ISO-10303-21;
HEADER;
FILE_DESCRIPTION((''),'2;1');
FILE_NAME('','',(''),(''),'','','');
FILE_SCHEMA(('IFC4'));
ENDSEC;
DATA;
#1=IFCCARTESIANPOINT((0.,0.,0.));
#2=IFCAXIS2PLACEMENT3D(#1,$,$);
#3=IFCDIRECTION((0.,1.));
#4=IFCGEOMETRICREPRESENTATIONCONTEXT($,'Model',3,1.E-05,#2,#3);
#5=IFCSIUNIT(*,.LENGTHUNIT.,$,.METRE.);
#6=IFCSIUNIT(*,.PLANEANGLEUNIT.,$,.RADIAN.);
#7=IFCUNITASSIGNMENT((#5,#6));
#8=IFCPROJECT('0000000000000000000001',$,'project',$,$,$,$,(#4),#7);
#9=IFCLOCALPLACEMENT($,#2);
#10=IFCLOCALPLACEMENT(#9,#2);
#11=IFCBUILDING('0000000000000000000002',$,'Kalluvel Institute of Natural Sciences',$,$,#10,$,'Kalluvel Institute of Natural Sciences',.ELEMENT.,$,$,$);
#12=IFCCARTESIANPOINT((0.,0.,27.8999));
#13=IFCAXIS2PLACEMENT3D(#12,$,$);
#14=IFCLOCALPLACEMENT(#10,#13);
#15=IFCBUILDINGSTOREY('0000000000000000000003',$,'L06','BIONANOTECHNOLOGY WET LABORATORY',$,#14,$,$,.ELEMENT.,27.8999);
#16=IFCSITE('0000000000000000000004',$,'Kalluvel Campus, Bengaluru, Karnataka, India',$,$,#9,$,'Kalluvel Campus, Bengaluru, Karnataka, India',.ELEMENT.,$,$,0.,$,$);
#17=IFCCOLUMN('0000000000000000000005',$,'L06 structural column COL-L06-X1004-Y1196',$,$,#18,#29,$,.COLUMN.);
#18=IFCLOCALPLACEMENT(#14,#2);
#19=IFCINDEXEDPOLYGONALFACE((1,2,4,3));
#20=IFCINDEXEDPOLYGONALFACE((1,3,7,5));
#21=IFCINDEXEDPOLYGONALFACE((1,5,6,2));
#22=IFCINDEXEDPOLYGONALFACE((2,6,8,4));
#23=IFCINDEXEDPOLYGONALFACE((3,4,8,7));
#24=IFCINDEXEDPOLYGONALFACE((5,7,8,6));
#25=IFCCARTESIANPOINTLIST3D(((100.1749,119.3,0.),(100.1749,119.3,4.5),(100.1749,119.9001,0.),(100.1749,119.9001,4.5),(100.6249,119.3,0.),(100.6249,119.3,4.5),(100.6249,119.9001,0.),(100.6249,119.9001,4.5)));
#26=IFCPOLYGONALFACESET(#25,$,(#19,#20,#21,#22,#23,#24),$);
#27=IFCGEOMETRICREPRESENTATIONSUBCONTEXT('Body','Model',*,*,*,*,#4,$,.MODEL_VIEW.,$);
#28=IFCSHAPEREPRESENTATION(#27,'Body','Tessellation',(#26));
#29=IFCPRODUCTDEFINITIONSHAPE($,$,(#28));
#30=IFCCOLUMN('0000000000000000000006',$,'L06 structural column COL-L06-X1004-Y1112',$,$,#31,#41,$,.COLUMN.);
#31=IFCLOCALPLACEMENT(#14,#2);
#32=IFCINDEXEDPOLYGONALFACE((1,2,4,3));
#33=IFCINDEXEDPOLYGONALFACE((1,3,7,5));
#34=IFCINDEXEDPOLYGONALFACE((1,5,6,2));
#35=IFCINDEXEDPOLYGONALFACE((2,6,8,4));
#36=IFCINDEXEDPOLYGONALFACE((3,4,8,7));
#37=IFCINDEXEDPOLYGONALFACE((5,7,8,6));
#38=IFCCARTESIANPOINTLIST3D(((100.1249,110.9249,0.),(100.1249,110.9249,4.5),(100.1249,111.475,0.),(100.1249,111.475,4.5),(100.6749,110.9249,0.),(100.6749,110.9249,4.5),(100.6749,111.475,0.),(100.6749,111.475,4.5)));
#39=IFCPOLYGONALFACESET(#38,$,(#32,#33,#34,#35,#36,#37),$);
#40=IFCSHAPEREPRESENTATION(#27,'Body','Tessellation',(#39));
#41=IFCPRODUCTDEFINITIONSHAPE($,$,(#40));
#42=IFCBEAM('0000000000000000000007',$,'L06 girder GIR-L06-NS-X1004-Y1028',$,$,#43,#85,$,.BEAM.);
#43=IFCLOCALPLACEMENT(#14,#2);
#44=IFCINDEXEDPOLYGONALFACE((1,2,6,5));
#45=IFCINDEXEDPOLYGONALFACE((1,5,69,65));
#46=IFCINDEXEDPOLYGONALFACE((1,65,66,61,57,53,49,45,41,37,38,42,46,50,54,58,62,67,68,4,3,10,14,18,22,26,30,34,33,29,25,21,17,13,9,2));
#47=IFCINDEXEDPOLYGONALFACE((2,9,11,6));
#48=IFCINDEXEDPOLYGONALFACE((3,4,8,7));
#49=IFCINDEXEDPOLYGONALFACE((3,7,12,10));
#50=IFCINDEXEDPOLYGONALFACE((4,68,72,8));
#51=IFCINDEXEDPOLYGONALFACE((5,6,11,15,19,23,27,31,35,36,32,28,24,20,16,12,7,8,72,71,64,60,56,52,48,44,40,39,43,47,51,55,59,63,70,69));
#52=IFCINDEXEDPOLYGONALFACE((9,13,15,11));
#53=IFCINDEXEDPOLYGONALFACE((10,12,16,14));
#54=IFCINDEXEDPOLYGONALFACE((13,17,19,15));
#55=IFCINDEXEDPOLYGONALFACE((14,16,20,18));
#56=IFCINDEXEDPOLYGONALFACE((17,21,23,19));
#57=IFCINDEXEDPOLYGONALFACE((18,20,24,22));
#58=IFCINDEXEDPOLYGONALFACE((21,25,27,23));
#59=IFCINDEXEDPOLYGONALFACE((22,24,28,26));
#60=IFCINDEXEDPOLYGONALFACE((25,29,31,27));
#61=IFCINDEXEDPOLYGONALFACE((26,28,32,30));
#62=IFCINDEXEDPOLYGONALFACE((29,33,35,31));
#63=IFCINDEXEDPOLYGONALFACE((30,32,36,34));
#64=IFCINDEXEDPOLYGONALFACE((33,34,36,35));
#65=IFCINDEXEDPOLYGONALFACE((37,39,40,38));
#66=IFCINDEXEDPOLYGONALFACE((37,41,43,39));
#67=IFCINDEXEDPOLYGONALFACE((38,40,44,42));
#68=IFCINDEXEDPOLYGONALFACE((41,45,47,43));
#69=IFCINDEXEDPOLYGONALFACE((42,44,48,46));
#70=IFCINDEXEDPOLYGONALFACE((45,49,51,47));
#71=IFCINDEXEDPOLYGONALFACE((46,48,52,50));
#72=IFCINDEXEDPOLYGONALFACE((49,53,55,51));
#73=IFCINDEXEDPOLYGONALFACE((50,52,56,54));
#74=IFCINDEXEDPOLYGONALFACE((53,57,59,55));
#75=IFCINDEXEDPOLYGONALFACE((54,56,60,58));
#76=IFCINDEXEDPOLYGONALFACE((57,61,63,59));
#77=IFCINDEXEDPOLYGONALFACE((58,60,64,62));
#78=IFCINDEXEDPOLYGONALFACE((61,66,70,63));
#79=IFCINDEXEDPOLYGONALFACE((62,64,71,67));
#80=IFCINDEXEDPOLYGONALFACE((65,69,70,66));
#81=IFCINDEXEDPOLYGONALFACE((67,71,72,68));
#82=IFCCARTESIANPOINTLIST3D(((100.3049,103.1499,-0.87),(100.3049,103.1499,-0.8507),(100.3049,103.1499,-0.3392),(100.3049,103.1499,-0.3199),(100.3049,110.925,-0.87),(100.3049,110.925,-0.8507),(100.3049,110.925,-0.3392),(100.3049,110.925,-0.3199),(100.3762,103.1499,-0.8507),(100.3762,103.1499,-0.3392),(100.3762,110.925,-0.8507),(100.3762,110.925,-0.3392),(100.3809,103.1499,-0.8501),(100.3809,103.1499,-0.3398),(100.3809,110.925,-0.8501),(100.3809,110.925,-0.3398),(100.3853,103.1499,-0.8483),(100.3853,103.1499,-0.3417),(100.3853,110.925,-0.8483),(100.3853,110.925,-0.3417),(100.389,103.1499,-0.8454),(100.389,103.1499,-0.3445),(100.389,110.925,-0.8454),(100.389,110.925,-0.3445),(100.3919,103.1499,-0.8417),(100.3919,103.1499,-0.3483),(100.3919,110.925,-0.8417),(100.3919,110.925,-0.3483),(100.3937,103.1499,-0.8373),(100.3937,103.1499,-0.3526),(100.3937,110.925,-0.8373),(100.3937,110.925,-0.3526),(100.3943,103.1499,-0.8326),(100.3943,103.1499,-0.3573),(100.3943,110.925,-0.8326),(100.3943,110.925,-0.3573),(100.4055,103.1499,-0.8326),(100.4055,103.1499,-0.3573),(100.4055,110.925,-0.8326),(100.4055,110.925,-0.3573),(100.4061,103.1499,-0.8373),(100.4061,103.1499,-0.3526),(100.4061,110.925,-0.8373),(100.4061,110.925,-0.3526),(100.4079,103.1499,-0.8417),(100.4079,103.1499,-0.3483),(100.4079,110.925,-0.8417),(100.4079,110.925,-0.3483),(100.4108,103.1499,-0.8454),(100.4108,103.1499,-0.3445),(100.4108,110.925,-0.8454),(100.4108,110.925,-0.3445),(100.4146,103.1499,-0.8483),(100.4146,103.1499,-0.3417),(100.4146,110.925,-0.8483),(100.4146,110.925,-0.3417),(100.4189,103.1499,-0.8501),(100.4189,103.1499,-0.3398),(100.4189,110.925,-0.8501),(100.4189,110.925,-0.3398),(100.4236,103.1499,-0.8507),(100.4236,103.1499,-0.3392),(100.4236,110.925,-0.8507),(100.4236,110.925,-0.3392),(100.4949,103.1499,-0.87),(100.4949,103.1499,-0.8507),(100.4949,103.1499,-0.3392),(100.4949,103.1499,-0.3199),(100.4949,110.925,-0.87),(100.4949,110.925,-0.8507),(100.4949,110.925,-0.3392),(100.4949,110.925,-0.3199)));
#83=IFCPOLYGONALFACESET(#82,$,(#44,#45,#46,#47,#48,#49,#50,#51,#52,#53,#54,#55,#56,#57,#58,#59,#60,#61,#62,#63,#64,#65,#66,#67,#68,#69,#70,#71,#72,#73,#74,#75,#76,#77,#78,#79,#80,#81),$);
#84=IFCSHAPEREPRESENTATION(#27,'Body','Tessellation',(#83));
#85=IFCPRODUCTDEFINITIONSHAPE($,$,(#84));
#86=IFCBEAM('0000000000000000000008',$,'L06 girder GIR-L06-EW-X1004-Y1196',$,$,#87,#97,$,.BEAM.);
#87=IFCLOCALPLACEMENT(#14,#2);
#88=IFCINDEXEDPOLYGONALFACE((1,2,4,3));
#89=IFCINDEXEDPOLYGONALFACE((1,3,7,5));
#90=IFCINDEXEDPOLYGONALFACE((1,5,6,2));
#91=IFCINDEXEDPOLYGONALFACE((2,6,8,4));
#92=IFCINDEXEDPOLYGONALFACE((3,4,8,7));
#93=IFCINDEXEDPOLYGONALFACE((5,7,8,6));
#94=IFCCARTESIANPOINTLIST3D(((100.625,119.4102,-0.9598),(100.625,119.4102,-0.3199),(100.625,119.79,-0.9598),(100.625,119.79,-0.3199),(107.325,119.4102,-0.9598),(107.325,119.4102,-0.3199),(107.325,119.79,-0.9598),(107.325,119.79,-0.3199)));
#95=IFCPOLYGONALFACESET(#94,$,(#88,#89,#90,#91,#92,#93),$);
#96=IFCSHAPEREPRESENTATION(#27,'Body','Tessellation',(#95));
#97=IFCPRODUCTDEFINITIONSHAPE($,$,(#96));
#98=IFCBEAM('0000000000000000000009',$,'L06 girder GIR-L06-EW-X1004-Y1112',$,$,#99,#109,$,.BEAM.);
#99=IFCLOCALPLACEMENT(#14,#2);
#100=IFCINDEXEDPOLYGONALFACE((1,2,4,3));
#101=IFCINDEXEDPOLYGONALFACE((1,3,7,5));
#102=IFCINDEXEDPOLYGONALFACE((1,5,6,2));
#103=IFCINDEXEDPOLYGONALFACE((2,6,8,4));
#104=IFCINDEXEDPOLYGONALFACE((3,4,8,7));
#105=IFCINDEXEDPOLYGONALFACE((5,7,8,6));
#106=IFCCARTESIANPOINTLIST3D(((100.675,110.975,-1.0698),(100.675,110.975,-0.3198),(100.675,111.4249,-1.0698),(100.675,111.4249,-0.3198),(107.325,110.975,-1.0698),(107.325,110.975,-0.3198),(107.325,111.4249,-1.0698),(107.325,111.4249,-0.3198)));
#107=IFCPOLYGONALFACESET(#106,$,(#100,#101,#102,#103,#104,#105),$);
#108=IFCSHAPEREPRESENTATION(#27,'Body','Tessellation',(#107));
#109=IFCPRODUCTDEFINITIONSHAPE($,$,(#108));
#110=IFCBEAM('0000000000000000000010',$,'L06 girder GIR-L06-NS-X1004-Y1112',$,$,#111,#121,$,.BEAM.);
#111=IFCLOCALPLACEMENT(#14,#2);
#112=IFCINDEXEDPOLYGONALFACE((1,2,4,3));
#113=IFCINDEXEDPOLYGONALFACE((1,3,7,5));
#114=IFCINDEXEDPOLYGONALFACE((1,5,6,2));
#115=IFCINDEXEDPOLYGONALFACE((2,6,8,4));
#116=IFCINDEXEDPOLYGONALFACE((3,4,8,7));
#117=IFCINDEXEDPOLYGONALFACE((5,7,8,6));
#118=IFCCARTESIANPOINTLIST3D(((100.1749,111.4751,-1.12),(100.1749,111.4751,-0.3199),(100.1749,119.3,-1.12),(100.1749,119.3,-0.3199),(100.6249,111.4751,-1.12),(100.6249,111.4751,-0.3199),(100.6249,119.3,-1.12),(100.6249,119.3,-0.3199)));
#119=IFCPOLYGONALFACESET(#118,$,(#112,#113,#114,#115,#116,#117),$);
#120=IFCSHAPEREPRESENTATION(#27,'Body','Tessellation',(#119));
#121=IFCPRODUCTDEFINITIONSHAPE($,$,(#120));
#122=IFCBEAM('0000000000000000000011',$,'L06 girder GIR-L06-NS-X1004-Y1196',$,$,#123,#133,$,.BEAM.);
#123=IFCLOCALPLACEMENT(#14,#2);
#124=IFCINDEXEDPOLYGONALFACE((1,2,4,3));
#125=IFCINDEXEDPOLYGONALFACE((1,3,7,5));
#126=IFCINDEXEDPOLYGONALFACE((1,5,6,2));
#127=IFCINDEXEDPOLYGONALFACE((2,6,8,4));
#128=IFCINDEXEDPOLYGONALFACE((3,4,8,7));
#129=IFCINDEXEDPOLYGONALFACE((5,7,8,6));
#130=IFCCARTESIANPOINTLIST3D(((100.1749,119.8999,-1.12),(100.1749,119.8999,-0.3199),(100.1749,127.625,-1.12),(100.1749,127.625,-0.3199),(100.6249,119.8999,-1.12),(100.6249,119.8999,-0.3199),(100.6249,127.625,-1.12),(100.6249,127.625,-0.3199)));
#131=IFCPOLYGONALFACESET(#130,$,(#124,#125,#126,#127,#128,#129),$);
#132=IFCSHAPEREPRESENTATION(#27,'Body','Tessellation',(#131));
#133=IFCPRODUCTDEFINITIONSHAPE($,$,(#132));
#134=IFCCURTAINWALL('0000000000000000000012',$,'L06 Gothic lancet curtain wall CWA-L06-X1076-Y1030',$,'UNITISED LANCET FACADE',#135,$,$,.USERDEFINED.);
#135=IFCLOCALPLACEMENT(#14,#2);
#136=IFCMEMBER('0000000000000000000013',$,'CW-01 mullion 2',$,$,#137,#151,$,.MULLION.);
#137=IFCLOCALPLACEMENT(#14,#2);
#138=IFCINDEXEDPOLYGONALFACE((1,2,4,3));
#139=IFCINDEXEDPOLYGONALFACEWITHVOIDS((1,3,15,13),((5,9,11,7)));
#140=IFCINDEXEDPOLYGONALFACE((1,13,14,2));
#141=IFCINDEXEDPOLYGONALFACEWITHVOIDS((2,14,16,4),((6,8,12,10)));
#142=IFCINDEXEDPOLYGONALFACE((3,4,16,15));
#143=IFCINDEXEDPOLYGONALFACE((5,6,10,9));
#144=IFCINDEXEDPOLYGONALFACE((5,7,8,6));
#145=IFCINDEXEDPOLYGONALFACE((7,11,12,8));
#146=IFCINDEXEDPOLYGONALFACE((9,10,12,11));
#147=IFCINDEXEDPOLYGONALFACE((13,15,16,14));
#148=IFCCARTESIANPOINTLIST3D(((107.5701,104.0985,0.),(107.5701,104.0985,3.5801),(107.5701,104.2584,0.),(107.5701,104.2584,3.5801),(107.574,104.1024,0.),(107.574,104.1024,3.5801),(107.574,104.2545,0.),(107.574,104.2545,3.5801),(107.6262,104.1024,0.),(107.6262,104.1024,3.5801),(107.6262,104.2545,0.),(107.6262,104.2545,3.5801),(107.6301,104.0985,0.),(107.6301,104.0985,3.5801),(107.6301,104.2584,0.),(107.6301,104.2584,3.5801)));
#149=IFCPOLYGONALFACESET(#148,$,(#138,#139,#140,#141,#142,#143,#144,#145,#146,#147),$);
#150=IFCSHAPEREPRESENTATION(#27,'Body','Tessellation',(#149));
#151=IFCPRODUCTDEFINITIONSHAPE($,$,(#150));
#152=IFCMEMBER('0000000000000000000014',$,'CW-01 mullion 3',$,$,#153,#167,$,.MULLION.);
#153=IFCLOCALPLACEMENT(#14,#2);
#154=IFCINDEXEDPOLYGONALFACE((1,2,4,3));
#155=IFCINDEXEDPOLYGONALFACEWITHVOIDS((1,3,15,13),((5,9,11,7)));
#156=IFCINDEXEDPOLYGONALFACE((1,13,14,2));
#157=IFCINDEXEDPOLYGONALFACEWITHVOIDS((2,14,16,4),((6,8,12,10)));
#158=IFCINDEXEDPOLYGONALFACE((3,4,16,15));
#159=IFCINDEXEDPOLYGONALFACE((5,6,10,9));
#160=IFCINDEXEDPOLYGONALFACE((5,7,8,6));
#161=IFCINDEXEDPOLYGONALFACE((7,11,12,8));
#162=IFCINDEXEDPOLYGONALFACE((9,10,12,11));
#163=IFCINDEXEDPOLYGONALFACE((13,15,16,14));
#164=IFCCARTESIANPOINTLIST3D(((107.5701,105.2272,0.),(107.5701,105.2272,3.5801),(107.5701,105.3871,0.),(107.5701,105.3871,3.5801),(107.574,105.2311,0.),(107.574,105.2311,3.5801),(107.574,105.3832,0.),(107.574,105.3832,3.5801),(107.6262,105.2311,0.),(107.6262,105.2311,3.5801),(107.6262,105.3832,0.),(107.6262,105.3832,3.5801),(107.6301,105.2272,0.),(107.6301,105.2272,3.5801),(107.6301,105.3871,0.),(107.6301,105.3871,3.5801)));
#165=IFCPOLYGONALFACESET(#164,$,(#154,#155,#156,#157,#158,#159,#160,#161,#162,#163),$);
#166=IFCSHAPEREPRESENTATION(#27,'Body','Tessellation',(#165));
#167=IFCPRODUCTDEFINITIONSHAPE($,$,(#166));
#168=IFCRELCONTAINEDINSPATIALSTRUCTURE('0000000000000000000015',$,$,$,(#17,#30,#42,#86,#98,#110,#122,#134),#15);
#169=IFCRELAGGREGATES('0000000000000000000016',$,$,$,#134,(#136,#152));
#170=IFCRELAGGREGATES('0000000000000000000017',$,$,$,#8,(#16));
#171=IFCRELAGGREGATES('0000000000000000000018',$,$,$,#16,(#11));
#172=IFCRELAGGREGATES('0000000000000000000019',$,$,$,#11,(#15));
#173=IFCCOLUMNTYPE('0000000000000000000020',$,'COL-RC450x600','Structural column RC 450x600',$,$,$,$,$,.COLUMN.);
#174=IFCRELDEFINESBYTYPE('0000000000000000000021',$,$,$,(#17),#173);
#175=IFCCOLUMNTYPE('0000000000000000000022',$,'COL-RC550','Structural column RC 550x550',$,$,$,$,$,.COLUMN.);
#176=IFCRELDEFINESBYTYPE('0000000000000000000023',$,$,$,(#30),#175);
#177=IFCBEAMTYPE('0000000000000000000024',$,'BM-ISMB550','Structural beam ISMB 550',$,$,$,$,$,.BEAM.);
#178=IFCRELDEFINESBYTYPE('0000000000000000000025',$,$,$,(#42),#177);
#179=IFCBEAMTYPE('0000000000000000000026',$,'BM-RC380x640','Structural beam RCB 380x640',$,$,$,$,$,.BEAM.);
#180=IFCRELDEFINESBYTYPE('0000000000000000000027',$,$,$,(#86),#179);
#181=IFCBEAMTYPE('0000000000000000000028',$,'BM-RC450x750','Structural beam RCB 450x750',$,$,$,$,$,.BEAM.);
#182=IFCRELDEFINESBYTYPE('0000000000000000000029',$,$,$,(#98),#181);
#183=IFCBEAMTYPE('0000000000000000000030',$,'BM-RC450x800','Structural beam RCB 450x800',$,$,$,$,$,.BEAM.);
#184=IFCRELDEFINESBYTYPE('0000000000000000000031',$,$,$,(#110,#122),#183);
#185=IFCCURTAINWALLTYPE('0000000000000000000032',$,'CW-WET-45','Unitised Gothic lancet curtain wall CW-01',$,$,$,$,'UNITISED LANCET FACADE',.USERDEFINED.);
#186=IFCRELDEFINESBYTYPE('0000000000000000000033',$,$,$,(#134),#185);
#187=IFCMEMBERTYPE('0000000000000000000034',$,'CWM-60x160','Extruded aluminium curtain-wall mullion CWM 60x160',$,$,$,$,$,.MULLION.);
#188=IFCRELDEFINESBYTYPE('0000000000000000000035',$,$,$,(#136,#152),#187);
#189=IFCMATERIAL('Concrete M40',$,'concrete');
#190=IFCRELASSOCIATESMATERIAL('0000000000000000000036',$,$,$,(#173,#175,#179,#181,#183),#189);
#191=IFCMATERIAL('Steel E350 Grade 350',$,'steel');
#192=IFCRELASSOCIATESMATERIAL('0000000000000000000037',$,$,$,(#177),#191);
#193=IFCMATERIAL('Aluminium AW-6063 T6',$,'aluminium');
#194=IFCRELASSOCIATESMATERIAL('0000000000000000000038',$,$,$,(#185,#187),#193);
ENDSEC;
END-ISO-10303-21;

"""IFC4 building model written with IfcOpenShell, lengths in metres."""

from ifc_helpers import new_model, si_unit, direction, frame, origin, origin_2d, place, context, subcontext, project, spatial, rectangle, hollow_rectangle, i_section, extrude, material, material_profile, profile_set, type_object, element, aggregate, save


model = new_model("IFC4")

# Units and contexts
model_context = context("Model", 3, precision=1e-05, world=origin(), true_north=direction((0.0, 1.0)))
body_context = subcontext(model_context, "Body", "Model", "MODEL_VIEW")
ifc_project = project(units=[si_unit("LENGTHUNIT", "METRE"), si_unit("PLANEANGLEUNIT", "RADIAN")], contexts=[model_context])

# Site, building, storey
site_placement = place(None, origin())
site = spatial("IfcSite", under=ifc_project, at=site_placement, Name="Kalluvel Campus, Bengaluru, Karnataka, India", LongName="Kalluvel Campus, Bengaluru, Karnataka, India", CompositionType="ELEMENT", RefElevation=0.0)
building_placement = place(site_placement, origin())
building = spatial("IfcBuilding", under=site, at=building_placement, Name="Kalluvel Institute of Natural Sciences", LongName="Kalluvel Institute of Natural Sciences", CompositionType="ELEMENT")
storey_placement = place(building_placement, frame((0.0, 0.0, 27.8999)))
storey = spatial("IfcBuildingStorey", under=building, at=storey_placement, Name="L06", Description="BIONANOTECHNOLOGY WET LABORATORY", CompositionType="ELEMENT", Elevation=27.8999)

# Columns
ifc_material_1 = material(Name="Concrete M40", Category="concrete")
ifc_material_profile_1 = material_profile(ifc_material_1, rectangle(XDim=0.45, YDim=0.6001, at=origin_2d()), Name="RC 450x600")
ifc_profile_set_1 = profile_set([ifc_material_profile_1], Name="Concrete M40")
column_type_1 = type_object("IfcColumnType", Name="COL-RC450x600", Description="Structural column RC 450x600", PredefinedType="COLUMN", material=ifc_profile_set_1)
column_1_placement = place(storey_placement, frame((100.3999, 119.6001, 0.0), z_axis=(0.0, 0.0, 1.0), x_axis=(1.0, 0.0, 0.0)))
element("IfcColumn", 1, at=column_1_placement, inside=storey, type_object=column_type_1, Name="L06 structural column COL-L06-X1004-Y1196", PredefinedType="COLUMN", context=body_context, shape_type="SweptSolid", body=[
    extrude(rectangle(XDim=0.45, YDim=0.6001, at=origin_2d()), origin(), (0.0, 0.0, 1.0), 4.5),
])
ifc_material_profile_2 = material_profile(ifc_material_1, rectangle(XDim=0.55, YDim=0.55, at=origin_2d()), Name="RC 550x550")
ifc_profile_set_2 = profile_set([ifc_material_profile_2], Name="Concrete M40")
column_type_2 = type_object("IfcColumnType", Name="COL-RC550", Description="Structural column RC 550x550", PredefinedType="COLUMN", material=ifc_profile_set_2)
column_2_placement = place(storey_placement, frame((100.3999, 111.2, 0.0), z_axis=(0.0, 0.0, 1.0), x_axis=(1.0, 0.0, 0.0)))
element("IfcColumn", 2, at=column_2_placement, inside=storey, type_object=column_type_2, Name="L06 structural column COL-L06-X1004-Y1112", PredefinedType="COLUMN", context=body_context, shape_type="SweptSolid", body=[
    extrude(rectangle(XDim=0.55, YDim=0.55, at=origin_2d()), origin(), (0.0, 0.0, 1.0), 4.5),
])

# Beams
ifc_material_2 = material(Name="Steel E350 Grade 350", Category="steel")
ifc_material_profile_3 = material_profile(ifc_material_2, i_section(OverallWidth=0.1899, OverallDepth=0.55, WebThickness=0.0112, FlangeThickness=0.0193, FilletRadius=0.0181, at=origin_2d()), Name="ISMB 550")
ifc_profile_set_3 = profile_set([ifc_material_profile_3], Name="Steel E350 Grade 350")
beam_type_1 = type_object("IfcBeamType", Name="BM-ISMB550", Description="Structural beam ISMB 550", PredefinedType="BEAM", material=ifc_profile_set_3)
beam_1_placement = place(storey_placement, frame((100.3999, 103.1499, -0.595), z_axis=(0.0, 1.0, 0.0), x_axis=(-1.0, 0.0, 0.0)))
element("IfcBeam", 3, at=beam_1_placement, inside=storey, type_object=beam_type_1, Name="L06 girder GIR-L06-NS-X1004-Y1028", PredefinedType="BEAM", context=body_context, shape_type="SweptSolid", body=[
    extrude(i_section(OverallWidth=0.1899, OverallDepth=0.55, WebThickness=0.0112, FlangeThickness=0.0193, FilletRadius=0.0181, at=origin_2d()), origin(), (0.0, 0.0, 1.0), 7.7751),
])
ifc_material_profile_4 = material_profile(ifc_material_1, rectangle(XDim=0.3799, YDim=0.6399, at=origin_2d()), Name="RCB 380x640")
ifc_profile_set_4 = profile_set([ifc_material_profile_4], Name="Concrete M40")
beam_type_2 = type_object("IfcBeamType", Name="BM-RC380x640", Description="Structural beam RCB 380x640", PredefinedType="BEAM", material=ifc_profile_set_4)
beam_2_placement = place(storey_placement, frame((100.625, 119.6001, -0.6399), z_axis=(1.0, 0.0, 0.0), x_axis=(0.0, 1.0, 0.0)))
element("IfcBeam", 4, at=beam_2_placement, inside=storey, type_object=beam_type_2, Name="L06 girder GIR-L06-EW-X1004-Y1196", PredefinedType="BEAM", context=body_context, shape_type="SweptSolid", body=[
    extrude(rectangle(XDim=0.3799, YDim=0.6399, at=origin_2d()), origin(), (0.0, 0.0, 1.0), 6.7),
])
ifc_material_profile_5 = material_profile(ifc_material_1, rectangle(XDim=0.45, YDim=0.75, at=origin_2d()), Name="RCB 450x750")
ifc_profile_set_5 = profile_set([ifc_material_profile_5], Name="Concrete M40")
beam_type_3 = type_object("IfcBeamType", Name="BM-RC450x750", Description="Structural beam RCB 450x750", PredefinedType="BEAM", material=ifc_profile_set_5)
beam_3_placement = place(storey_placement, frame((100.675, 111.2, -0.6948), z_axis=(1.0, 0.0, 0.0), x_axis=(0.0, 1.0, 0.0)))
element("IfcBeam", 5, at=beam_3_placement, inside=storey, type_object=beam_type_3, Name="L06 girder GIR-L06-EW-X1004-Y1112", PredefinedType="BEAM", context=body_context, shape_type="SweptSolid", body=[
    extrude(rectangle(XDim=0.45, YDim=0.75, at=origin_2d()), origin(), (0.0, 0.0, 1.0), 6.6499),
])
ifc_material_profile_6 = material_profile(ifc_material_1, rectangle(XDim=0.45, YDim=0.8, at=origin_2d()), Name="RCB 450x800")
ifc_profile_set_6 = profile_set([ifc_material_profile_6], Name="Concrete M40")
beam_type_4 = type_object("IfcBeamType", Name="BM-RC450x800", Description="Structural beam RCB 450x800", PredefinedType="BEAM", material=ifc_profile_set_6)
beam_4_placement = place(storey_placement, frame((100.3999, 111.4751, -0.72), z_axis=(0.0, 1.0, 0.0), x_axis=(-1.0, 0.0, 0.0)))
element("IfcBeam", 6, at=beam_4_placement, inside=storey, type_object=beam_type_4, Name="L06 girder GIR-L06-NS-X1004-Y1112", PredefinedType="BEAM", context=body_context, shape_type="SweptSolid", body=[
    extrude(rectangle(XDim=0.45, YDim=0.8, at=origin_2d()), origin(), (0.0, 0.0, 1.0), 7.825),
])
beam_5_placement = place(storey_placement, frame((100.3999, 119.8999, -0.72), z_axis=(0.0, 1.0, 0.0), x_axis=(-1.0, 0.0, 0.0)))
element("IfcBeam", 7, at=beam_5_placement, inside=storey, type_object=beam_type_4, Name="L06 girder GIR-L06-NS-X1004-Y1196", PredefinedType="BEAM", context=body_context, shape_type="SweptSolid", body=[
    extrude(rectangle(XDim=0.45, YDim=0.8, at=origin_2d()), origin(), (0.0, 0.0, 1.0), 7.7251),
])

# Curtain wall, members
ifc_material_3 = material(Name="Aluminium AW-6063 T6", Category="aluminium")
curtain_wall_type = type_object("IfcCurtainWallType", Name="CW-WET-45", Description="Unitised Gothic lancet curtain wall CW-01", ElementType="UNITISED LANCET FACADE", PredefinedType="USERDEFINED", material=ifc_material_3)
curtain_wall_placement = place(storey_placement, origin())
curtain_wall = element("IfcCurtainWall", 8, at=curtain_wall_placement, inside=storey, type_object=curtain_wall_type, Name="L06 Gothic lancet curtain wall CWA-L06-X1076-Y1030", ObjectType="UNITISED LANCET FACADE", PredefinedType="USERDEFINED")
ifc_material_profile_7 = material_profile(ifc_material_3, hollow_rectangle(XDim=0.0601, YDim=0.1599, WallThickness=0.0039, at=origin_2d()), Name="CWM 60x160")
ifc_profile_set_7 = profile_set([ifc_material_profile_7], Name="Aluminium AW-6063 T6")
member_type_1 = type_object("IfcMemberType", Name="CWM-60x160", Description="Extruded aluminium curtain-wall mullion CWM 60x160", PredefinedType="MULLION", material=ifc_profile_set_7)
member_1_placement = place(storey_placement, frame((107.6001, 104.1785, 0.0), z_axis=(0.0, 0.0, 1.0), x_axis=(-1.0, 0.0, 0.0)))
member_1 = element("IfcMember", 9, at=member_1_placement, type_object=member_type_1, Name="CW-01 mullion 2", PredefinedType="MULLION", context=body_context, shape_type="SweptSolid", body=[
    extrude(hollow_rectangle(XDim=0.0601, YDim=0.1599, WallThickness=0.0039, at=origin_2d()), origin(), (0.0, 0.0, 1.0), 3.5801),
])
member_2_placement = place(storey_placement, frame((107.6001, 105.3071, 0.0), z_axis=(0.0, 0.0, 1.0), x_axis=(-1.0, 0.0, 0.0)))
member_2 = element("IfcMember", 10, at=member_2_placement, type_object=member_type_1, Name="CW-01 mullion 3", PredefinedType="MULLION", context=body_context, shape_type="SweptSolid", body=[
    extrude(hollow_rectangle(XDim=0.0601, YDim=0.1599, WallThickness=0.0039, at=origin_2d()), origin(), (0.0, 0.0, 1.0), 3.5801),
])

aggregate(curtain_wall, [member_1, member_2])

save(model, "model.ifc")
